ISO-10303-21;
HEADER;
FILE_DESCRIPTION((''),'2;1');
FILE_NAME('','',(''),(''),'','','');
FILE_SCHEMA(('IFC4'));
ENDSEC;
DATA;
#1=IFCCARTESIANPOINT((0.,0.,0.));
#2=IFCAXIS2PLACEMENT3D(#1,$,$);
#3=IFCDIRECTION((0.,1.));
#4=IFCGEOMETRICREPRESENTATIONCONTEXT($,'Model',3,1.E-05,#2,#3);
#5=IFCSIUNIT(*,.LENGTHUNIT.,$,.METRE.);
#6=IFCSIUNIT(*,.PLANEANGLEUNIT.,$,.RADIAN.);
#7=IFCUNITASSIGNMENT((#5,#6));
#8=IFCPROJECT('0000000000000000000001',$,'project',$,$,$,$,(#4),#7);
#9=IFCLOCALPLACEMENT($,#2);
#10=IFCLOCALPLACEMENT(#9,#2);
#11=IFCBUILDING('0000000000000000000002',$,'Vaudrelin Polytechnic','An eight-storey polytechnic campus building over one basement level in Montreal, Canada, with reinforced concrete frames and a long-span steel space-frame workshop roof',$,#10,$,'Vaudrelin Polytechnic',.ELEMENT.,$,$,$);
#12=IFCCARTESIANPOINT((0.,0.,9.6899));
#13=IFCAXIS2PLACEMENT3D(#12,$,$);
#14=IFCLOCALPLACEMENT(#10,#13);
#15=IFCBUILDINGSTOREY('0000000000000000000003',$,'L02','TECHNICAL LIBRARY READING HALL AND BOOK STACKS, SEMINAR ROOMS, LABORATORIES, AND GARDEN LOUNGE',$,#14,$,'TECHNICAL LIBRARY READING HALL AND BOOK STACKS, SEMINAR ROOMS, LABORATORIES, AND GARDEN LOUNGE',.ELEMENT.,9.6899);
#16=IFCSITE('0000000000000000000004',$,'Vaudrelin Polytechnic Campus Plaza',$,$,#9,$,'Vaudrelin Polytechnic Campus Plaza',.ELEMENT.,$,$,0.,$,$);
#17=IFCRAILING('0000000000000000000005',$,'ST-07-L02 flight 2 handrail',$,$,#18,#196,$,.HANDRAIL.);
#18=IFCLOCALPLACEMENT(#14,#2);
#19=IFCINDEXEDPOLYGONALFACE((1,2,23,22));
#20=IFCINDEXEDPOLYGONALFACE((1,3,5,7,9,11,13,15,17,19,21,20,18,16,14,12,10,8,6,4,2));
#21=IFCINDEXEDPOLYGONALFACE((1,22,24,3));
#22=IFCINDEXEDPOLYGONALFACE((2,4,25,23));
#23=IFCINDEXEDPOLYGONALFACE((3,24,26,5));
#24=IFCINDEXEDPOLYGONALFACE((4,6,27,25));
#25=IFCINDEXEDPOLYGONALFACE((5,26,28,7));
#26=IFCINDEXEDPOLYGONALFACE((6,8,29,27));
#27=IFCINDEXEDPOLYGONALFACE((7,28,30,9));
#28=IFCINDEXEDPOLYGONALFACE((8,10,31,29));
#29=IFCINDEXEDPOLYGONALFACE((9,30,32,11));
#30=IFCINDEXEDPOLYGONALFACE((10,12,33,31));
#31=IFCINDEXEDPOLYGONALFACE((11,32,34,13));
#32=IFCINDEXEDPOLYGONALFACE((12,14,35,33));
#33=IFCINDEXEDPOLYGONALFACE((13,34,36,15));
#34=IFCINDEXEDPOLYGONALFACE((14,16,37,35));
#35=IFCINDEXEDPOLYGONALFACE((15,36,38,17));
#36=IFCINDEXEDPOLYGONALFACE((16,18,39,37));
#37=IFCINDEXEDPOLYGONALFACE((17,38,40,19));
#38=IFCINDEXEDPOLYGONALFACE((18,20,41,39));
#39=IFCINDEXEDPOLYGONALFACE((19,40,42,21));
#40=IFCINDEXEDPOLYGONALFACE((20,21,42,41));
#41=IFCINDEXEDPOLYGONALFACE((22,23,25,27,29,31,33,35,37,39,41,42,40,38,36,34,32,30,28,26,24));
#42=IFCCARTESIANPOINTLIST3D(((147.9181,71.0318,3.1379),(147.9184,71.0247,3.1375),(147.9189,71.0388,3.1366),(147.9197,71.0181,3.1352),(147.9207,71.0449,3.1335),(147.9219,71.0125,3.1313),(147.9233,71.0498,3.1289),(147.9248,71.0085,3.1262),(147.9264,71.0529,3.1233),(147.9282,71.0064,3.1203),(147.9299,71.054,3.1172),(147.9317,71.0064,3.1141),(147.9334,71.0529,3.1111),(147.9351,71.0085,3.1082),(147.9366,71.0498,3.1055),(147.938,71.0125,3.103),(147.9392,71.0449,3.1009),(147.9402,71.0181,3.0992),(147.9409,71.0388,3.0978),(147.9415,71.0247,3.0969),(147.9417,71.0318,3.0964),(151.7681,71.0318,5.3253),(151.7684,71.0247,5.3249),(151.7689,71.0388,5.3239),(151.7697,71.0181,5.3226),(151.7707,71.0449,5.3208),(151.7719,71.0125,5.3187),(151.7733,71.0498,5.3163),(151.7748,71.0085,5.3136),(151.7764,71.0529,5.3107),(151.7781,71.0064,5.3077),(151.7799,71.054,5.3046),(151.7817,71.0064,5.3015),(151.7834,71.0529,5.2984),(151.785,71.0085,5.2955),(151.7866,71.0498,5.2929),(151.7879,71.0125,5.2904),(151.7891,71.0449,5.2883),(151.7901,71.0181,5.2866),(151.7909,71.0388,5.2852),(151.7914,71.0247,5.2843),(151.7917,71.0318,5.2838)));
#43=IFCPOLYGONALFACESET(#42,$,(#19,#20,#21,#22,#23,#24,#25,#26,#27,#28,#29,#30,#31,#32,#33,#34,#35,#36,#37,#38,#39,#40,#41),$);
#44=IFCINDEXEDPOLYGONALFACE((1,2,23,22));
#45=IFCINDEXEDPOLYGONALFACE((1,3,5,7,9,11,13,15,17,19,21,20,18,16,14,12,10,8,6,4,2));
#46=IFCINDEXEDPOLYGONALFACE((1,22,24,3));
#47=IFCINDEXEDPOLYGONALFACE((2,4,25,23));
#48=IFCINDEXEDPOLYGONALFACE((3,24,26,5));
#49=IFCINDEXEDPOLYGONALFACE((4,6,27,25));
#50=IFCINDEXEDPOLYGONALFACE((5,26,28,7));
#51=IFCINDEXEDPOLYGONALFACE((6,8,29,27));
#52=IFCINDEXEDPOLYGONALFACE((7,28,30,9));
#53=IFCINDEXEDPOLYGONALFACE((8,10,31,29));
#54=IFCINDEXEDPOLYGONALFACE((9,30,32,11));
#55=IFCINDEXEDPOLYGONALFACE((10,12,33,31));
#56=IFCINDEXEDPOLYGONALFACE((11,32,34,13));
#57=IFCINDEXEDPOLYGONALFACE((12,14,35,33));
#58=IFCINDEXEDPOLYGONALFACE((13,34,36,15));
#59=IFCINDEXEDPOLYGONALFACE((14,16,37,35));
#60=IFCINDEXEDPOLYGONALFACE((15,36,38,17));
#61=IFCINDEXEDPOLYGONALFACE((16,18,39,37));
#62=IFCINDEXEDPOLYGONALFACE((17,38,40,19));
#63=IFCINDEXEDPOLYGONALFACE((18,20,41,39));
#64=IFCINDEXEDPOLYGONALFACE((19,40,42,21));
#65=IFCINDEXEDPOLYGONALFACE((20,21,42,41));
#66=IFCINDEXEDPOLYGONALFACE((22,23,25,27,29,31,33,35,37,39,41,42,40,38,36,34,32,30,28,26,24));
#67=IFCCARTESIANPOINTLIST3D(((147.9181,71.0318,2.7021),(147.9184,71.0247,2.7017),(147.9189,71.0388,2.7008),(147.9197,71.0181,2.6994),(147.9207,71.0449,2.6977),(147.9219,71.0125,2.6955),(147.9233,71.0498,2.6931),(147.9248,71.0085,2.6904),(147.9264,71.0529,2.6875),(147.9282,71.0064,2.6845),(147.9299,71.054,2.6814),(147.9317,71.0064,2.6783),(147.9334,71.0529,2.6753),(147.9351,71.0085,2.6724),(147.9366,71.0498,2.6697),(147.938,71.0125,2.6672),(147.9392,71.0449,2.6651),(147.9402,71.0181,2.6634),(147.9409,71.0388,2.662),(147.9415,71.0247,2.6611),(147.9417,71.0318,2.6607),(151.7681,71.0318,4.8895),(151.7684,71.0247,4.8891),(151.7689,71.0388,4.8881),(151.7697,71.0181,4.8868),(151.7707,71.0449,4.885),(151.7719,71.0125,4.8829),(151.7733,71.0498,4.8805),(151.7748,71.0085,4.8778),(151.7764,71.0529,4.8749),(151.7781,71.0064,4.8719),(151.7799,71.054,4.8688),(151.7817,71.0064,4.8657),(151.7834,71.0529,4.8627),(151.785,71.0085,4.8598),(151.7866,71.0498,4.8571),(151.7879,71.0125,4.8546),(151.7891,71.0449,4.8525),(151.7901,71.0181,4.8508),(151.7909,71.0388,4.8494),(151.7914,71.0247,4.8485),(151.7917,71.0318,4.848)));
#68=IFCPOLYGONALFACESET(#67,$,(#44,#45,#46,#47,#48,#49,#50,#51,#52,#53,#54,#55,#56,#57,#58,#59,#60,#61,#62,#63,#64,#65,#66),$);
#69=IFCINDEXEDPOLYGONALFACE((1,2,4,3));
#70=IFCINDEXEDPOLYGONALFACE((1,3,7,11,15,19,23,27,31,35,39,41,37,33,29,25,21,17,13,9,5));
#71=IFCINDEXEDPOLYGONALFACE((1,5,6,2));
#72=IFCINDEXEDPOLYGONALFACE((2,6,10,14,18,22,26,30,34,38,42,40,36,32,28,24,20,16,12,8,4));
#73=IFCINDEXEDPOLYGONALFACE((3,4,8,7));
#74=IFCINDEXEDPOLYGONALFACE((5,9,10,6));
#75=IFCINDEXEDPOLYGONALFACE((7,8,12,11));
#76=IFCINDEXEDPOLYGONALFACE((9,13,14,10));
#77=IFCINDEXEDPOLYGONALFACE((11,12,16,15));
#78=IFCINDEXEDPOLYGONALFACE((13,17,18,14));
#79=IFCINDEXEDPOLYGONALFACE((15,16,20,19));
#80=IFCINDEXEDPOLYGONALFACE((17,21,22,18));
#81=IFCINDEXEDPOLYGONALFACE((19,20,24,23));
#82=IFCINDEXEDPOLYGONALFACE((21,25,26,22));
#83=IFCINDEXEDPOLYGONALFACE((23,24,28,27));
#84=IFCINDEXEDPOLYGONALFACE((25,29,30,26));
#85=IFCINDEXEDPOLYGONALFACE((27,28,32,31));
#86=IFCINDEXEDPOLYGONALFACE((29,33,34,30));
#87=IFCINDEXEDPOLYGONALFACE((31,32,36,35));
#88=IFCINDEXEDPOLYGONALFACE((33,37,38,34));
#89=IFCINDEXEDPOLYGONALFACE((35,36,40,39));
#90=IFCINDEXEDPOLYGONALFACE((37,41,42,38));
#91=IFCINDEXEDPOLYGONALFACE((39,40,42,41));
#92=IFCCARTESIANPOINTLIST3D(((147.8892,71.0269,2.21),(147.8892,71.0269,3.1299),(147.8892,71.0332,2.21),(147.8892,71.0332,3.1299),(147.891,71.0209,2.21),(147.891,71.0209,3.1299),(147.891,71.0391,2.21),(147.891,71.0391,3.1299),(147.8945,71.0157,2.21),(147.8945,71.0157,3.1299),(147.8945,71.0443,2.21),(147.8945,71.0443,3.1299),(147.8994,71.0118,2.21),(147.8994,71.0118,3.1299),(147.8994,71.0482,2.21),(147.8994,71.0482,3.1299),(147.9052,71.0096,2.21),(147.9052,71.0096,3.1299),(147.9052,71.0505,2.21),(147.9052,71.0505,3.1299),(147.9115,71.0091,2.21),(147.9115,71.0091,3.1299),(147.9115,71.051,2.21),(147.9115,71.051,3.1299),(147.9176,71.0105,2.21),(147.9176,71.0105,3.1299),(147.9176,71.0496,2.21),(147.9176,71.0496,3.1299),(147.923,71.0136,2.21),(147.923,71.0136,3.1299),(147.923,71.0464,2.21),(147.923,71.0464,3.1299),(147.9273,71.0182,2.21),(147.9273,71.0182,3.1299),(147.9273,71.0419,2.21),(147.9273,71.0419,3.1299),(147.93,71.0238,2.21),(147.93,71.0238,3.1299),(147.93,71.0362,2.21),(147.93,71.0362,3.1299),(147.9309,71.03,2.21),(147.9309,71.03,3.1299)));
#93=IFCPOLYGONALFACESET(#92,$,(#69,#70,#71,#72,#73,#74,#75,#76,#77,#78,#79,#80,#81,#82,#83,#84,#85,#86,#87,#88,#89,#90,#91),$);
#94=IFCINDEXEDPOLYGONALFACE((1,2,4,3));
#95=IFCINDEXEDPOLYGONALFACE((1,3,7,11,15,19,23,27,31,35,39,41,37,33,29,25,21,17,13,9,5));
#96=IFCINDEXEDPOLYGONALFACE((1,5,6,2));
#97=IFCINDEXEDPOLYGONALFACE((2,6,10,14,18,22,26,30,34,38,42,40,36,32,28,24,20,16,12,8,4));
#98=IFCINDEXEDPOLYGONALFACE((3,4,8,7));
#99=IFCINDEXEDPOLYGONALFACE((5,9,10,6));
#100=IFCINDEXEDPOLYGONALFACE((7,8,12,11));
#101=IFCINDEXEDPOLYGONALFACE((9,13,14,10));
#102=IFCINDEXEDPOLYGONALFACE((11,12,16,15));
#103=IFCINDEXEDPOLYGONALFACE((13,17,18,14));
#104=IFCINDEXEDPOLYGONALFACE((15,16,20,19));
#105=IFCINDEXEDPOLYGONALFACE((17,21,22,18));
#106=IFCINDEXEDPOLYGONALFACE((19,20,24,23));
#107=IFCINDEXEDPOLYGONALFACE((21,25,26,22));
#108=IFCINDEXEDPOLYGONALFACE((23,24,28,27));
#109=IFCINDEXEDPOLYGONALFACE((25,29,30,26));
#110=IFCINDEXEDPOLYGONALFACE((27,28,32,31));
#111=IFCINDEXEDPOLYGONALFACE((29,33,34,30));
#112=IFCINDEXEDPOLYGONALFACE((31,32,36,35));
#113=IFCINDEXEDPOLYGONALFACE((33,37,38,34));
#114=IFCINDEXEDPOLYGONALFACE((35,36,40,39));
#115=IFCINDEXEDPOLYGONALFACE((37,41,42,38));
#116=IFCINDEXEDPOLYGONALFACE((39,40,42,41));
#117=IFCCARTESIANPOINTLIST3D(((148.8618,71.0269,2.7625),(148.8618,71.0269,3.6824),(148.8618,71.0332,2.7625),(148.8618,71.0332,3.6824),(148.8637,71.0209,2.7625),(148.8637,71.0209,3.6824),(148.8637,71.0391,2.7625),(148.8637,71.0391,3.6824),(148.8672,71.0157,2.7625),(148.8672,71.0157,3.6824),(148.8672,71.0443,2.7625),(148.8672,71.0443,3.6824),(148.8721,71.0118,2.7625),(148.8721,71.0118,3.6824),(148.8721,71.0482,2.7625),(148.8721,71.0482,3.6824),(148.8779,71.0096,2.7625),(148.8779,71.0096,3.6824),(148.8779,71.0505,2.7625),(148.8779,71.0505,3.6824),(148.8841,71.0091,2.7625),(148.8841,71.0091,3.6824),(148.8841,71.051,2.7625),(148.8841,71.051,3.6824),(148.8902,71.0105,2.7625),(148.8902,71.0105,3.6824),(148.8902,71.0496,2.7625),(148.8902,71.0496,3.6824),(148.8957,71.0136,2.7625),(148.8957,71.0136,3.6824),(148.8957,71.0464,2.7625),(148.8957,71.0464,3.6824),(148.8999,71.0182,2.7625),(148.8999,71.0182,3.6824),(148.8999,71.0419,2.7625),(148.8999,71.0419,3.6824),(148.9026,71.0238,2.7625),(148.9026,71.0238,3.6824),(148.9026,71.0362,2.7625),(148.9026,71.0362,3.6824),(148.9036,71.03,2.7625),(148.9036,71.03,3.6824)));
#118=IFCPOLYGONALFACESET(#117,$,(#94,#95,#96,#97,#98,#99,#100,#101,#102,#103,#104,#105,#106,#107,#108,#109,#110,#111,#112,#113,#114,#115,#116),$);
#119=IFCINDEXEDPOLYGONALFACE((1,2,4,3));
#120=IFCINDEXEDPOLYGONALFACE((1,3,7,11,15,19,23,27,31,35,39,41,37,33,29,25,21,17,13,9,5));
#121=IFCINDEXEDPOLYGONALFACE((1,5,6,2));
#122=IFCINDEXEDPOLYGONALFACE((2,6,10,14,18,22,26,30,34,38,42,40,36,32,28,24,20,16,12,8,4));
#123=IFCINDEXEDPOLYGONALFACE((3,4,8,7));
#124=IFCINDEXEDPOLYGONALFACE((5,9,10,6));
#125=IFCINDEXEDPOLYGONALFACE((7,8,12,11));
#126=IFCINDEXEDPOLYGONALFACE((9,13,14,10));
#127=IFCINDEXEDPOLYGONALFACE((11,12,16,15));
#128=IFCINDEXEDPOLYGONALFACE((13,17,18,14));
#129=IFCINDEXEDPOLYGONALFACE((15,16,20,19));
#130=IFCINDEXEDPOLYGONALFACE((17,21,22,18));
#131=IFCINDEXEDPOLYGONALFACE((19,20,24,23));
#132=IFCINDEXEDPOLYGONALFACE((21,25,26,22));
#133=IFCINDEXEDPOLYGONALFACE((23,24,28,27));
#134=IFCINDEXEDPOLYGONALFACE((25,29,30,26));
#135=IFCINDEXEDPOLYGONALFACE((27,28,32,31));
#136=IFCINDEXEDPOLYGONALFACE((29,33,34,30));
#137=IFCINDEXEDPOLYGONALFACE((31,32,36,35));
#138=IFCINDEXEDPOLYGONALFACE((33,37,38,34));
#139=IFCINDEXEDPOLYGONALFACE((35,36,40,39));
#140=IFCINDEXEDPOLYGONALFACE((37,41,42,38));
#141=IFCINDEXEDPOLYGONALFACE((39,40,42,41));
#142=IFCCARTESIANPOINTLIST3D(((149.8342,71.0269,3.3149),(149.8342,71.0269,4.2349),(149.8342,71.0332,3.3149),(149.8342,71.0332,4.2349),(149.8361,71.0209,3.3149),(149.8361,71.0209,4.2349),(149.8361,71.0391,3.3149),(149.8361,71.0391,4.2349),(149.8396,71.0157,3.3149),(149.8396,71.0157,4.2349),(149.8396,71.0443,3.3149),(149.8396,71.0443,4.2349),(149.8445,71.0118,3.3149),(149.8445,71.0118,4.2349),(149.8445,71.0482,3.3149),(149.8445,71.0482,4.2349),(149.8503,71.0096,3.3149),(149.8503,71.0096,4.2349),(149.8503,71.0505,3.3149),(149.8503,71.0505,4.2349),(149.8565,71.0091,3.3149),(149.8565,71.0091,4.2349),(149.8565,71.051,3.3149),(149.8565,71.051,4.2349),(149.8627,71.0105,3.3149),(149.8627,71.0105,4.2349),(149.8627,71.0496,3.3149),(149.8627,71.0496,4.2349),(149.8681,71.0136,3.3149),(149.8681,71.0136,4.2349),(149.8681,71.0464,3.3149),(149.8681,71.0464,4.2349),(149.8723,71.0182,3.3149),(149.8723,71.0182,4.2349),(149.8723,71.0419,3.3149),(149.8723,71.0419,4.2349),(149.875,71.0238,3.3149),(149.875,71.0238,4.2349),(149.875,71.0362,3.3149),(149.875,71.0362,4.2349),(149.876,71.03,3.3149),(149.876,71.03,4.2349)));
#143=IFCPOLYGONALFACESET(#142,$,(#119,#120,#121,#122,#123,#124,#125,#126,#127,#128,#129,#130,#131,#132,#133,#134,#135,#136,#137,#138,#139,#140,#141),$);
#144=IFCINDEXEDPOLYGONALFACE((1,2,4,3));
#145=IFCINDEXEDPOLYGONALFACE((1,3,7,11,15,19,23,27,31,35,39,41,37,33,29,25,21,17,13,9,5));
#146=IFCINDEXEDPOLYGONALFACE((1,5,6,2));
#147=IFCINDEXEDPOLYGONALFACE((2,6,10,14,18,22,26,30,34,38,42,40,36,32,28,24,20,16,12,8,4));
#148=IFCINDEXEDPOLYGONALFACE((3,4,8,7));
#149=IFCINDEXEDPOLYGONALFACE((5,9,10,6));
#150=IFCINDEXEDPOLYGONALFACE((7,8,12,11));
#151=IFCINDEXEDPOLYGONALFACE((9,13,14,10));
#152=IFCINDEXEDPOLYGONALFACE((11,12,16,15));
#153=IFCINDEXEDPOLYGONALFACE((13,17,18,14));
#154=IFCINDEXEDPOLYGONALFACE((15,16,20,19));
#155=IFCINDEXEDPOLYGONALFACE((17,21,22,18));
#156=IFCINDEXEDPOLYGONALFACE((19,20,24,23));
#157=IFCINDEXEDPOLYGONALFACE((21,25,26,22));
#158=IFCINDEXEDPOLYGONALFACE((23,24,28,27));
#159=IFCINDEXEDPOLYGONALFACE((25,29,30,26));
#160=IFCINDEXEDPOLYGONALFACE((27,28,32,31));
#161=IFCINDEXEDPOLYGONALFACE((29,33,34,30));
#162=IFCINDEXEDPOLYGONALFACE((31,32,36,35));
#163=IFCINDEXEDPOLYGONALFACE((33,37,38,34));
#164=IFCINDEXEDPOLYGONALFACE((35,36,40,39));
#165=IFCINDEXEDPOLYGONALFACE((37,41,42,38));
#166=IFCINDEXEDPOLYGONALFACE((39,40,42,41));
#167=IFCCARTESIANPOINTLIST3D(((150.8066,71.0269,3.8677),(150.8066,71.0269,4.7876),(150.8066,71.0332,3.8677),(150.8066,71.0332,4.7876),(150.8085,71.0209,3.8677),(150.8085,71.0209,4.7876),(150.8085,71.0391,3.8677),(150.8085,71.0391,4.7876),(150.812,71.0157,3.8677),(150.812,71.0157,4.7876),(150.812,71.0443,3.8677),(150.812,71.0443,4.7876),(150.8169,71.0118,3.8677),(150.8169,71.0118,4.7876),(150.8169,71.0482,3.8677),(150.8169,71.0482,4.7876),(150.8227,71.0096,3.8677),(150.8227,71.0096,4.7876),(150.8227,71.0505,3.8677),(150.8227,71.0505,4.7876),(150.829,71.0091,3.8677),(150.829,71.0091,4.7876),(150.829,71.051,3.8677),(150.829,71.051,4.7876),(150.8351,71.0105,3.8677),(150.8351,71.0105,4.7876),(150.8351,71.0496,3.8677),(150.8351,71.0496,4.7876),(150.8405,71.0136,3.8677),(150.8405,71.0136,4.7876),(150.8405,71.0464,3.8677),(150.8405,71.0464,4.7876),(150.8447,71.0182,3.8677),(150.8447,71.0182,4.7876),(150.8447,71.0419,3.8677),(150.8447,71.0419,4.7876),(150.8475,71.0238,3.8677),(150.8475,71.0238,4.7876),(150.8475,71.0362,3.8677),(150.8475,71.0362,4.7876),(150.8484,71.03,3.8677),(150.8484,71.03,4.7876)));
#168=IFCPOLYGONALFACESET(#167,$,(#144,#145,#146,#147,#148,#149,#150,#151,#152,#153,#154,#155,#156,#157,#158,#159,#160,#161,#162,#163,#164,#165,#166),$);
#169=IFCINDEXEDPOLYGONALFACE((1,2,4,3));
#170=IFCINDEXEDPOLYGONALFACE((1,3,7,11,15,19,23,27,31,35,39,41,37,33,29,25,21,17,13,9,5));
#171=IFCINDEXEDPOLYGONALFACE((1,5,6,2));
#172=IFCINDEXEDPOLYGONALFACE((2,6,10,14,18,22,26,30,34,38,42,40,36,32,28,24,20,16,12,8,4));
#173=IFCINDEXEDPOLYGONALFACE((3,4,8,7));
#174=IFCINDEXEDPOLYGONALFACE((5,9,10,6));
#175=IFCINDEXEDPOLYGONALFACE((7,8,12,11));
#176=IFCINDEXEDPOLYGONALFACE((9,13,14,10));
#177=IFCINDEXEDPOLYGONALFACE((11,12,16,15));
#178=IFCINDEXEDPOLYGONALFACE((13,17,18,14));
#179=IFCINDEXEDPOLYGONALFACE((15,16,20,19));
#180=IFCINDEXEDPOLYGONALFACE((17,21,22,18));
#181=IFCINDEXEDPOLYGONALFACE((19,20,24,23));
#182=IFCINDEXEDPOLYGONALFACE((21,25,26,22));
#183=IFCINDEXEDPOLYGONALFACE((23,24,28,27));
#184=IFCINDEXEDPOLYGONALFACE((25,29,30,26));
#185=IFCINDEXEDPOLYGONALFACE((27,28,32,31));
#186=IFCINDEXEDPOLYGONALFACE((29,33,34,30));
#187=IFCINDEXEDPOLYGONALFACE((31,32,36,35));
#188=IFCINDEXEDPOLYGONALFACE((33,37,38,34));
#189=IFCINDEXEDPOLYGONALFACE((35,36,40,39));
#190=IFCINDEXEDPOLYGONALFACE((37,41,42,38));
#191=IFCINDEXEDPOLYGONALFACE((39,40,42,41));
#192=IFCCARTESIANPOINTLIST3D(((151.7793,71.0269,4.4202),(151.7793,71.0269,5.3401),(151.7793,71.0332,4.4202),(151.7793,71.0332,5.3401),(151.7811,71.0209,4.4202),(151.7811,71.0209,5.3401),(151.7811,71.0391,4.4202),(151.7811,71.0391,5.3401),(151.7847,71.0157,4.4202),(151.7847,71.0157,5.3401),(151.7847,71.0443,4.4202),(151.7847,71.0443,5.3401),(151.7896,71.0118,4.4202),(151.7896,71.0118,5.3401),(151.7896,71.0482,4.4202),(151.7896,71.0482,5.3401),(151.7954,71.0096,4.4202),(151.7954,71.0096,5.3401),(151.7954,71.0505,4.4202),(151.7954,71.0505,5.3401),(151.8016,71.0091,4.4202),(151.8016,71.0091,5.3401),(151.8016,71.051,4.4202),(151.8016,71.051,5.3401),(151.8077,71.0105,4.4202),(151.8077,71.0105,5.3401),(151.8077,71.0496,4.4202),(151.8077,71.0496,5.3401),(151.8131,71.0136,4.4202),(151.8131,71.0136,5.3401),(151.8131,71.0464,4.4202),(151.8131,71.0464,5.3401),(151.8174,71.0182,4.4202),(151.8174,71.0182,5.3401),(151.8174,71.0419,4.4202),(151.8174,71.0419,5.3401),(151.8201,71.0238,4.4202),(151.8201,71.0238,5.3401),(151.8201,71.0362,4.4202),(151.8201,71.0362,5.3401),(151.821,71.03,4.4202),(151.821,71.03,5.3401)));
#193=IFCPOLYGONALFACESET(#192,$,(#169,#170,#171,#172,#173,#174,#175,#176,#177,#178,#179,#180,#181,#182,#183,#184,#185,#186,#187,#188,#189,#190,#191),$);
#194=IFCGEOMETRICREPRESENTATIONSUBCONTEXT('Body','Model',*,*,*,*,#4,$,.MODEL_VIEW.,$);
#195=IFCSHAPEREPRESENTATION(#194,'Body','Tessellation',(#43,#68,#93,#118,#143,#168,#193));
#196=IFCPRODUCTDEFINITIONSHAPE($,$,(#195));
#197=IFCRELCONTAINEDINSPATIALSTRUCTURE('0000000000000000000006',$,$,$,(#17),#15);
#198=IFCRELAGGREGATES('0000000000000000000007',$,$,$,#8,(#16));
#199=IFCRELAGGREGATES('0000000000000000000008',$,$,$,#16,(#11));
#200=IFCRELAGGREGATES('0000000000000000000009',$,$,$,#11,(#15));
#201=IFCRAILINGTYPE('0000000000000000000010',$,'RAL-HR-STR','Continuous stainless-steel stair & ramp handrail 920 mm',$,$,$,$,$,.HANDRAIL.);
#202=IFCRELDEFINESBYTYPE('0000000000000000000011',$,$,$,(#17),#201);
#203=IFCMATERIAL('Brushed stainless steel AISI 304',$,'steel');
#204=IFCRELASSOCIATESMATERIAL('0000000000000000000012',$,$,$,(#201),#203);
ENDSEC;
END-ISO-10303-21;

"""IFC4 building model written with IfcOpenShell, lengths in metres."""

from ifc_helpers import new_model, si_unit, direction, frame, origin, origin_2d, place, context, subcontext, project, spatial, circle, extrude, material, type_object, element, save


model = new_model("IFC4")

# Units and contexts
model_context = context("Model", 3, precision=1e-05, world=origin(), true_north=direction((0.0, 1.0)))
body_context = subcontext(model_context, "Body", "Model", "MODEL_VIEW")
ifc_project = project(units=[si_unit("LENGTHUNIT", "METRE"), si_unit("PLANEANGLEUNIT", "RADIAN")], contexts=[model_context])

# Site, building, storey
site_placement = place(None, origin())
site = spatial("IfcSite", under=ifc_project, at=site_placement, Name="Vaudrelin Polytechnic Campus Plaza", LongName="Vaudrelin Polytechnic Campus Plaza", CompositionType="ELEMENT", RefElevation=0.0)
building_placement = place(site_placement, origin())
building = spatial("IfcBuilding", under=site, at=building_placement, Name="Vaudrelin Polytechnic", Description="An eight-storey polytechnic campus building over one basement level in Montreal, Canada, with reinforced concrete frames and a long-span steel space-frame workshop roof", LongName="Vaudrelin Polytechnic", CompositionType="ELEMENT")
storey_placement = place(building_placement, frame((0.0, 0.0, 9.6899)))
storey = spatial("IfcBuildingStorey", under=building, at=storey_placement, Name="L02", Description="TECHNICAL LIBRARY READING HALL AND BOOK STACKS, SEMINAR ROOMS, LABORATORIES, AND GARDEN LOUNGE", LongName="TECHNICAL LIBRARY READING HALL AND BOOK STACKS, SEMINAR ROOMS, LABORATORIES, AND GARDEN LOUNGE", CompositionType="ELEMENT", Elevation=9.6899)

# Railing
ifc_material_1 = material(Name="Brushed stainless steel AISI 304", Category="steel")
railing_type = type_object("IfcRailingType", Name="RAL-HR-STR", Description="Continuous stainless-steel stair & ramp handrail 920 mm", PredefinedType="HANDRAIL", material=ifc_material_1)
railing_placement = place(storey_placement, frame((147.9099, 71.03, 2.21)))
element("IfcRailing", 1, at=railing_placement, inside=storey, type_object=railing_type, Name="ST-07-L02 flight 2 handrail", PredefinedType="HANDRAIL", context=body_context, shape_type="SweptSolid", body=[
    extrude(circle(Radius=0.0239, at=origin_2d()), frame((0.02, 0.0, 0.9072), z_axis=(0.869466, 0.0, 0.493993), x_axis=(0.0, 1.0, 0.0)), (0.0, 0.0, 1.0), 4.428),
    extrude(circle(Radius=0.0239, at=origin_2d()), frame((0.02, 0.0, 0.4714), z_axis=(0.869466, 0.0, 0.493993), x_axis=(0.0, 1.0, 0.0)), (0.0, 0.0, 1.0), 4.428),
    extrude(circle(Radius=0.021, at=origin_2d()), origin(), (0.0, 0.0, 1.0), 0.9199),
    extrude(circle(Radius=0.021, at=origin_2d()), frame((0.9727, 0.0, 0.5525)), (0.0, 0.0, 1.0), 0.9199),
    extrude(circle(Radius=0.021, at=origin_2d()), frame((1.9451, 0.0, 1.105)), (0.0, 0.0, 1.0), 0.9199),
    extrude(circle(Radius=0.021, at=origin_2d()), frame((2.9175, 0.0, 1.6577)), (0.0, 0.0, 1.0), 0.9199),
    extrude(circle(Radius=0.021, at=origin_2d()), frame((3.8901, 0.0, 2.2102)), (0.0, 0.0, 1.0), 0.9199),
])

save(model, "model.ifc")
